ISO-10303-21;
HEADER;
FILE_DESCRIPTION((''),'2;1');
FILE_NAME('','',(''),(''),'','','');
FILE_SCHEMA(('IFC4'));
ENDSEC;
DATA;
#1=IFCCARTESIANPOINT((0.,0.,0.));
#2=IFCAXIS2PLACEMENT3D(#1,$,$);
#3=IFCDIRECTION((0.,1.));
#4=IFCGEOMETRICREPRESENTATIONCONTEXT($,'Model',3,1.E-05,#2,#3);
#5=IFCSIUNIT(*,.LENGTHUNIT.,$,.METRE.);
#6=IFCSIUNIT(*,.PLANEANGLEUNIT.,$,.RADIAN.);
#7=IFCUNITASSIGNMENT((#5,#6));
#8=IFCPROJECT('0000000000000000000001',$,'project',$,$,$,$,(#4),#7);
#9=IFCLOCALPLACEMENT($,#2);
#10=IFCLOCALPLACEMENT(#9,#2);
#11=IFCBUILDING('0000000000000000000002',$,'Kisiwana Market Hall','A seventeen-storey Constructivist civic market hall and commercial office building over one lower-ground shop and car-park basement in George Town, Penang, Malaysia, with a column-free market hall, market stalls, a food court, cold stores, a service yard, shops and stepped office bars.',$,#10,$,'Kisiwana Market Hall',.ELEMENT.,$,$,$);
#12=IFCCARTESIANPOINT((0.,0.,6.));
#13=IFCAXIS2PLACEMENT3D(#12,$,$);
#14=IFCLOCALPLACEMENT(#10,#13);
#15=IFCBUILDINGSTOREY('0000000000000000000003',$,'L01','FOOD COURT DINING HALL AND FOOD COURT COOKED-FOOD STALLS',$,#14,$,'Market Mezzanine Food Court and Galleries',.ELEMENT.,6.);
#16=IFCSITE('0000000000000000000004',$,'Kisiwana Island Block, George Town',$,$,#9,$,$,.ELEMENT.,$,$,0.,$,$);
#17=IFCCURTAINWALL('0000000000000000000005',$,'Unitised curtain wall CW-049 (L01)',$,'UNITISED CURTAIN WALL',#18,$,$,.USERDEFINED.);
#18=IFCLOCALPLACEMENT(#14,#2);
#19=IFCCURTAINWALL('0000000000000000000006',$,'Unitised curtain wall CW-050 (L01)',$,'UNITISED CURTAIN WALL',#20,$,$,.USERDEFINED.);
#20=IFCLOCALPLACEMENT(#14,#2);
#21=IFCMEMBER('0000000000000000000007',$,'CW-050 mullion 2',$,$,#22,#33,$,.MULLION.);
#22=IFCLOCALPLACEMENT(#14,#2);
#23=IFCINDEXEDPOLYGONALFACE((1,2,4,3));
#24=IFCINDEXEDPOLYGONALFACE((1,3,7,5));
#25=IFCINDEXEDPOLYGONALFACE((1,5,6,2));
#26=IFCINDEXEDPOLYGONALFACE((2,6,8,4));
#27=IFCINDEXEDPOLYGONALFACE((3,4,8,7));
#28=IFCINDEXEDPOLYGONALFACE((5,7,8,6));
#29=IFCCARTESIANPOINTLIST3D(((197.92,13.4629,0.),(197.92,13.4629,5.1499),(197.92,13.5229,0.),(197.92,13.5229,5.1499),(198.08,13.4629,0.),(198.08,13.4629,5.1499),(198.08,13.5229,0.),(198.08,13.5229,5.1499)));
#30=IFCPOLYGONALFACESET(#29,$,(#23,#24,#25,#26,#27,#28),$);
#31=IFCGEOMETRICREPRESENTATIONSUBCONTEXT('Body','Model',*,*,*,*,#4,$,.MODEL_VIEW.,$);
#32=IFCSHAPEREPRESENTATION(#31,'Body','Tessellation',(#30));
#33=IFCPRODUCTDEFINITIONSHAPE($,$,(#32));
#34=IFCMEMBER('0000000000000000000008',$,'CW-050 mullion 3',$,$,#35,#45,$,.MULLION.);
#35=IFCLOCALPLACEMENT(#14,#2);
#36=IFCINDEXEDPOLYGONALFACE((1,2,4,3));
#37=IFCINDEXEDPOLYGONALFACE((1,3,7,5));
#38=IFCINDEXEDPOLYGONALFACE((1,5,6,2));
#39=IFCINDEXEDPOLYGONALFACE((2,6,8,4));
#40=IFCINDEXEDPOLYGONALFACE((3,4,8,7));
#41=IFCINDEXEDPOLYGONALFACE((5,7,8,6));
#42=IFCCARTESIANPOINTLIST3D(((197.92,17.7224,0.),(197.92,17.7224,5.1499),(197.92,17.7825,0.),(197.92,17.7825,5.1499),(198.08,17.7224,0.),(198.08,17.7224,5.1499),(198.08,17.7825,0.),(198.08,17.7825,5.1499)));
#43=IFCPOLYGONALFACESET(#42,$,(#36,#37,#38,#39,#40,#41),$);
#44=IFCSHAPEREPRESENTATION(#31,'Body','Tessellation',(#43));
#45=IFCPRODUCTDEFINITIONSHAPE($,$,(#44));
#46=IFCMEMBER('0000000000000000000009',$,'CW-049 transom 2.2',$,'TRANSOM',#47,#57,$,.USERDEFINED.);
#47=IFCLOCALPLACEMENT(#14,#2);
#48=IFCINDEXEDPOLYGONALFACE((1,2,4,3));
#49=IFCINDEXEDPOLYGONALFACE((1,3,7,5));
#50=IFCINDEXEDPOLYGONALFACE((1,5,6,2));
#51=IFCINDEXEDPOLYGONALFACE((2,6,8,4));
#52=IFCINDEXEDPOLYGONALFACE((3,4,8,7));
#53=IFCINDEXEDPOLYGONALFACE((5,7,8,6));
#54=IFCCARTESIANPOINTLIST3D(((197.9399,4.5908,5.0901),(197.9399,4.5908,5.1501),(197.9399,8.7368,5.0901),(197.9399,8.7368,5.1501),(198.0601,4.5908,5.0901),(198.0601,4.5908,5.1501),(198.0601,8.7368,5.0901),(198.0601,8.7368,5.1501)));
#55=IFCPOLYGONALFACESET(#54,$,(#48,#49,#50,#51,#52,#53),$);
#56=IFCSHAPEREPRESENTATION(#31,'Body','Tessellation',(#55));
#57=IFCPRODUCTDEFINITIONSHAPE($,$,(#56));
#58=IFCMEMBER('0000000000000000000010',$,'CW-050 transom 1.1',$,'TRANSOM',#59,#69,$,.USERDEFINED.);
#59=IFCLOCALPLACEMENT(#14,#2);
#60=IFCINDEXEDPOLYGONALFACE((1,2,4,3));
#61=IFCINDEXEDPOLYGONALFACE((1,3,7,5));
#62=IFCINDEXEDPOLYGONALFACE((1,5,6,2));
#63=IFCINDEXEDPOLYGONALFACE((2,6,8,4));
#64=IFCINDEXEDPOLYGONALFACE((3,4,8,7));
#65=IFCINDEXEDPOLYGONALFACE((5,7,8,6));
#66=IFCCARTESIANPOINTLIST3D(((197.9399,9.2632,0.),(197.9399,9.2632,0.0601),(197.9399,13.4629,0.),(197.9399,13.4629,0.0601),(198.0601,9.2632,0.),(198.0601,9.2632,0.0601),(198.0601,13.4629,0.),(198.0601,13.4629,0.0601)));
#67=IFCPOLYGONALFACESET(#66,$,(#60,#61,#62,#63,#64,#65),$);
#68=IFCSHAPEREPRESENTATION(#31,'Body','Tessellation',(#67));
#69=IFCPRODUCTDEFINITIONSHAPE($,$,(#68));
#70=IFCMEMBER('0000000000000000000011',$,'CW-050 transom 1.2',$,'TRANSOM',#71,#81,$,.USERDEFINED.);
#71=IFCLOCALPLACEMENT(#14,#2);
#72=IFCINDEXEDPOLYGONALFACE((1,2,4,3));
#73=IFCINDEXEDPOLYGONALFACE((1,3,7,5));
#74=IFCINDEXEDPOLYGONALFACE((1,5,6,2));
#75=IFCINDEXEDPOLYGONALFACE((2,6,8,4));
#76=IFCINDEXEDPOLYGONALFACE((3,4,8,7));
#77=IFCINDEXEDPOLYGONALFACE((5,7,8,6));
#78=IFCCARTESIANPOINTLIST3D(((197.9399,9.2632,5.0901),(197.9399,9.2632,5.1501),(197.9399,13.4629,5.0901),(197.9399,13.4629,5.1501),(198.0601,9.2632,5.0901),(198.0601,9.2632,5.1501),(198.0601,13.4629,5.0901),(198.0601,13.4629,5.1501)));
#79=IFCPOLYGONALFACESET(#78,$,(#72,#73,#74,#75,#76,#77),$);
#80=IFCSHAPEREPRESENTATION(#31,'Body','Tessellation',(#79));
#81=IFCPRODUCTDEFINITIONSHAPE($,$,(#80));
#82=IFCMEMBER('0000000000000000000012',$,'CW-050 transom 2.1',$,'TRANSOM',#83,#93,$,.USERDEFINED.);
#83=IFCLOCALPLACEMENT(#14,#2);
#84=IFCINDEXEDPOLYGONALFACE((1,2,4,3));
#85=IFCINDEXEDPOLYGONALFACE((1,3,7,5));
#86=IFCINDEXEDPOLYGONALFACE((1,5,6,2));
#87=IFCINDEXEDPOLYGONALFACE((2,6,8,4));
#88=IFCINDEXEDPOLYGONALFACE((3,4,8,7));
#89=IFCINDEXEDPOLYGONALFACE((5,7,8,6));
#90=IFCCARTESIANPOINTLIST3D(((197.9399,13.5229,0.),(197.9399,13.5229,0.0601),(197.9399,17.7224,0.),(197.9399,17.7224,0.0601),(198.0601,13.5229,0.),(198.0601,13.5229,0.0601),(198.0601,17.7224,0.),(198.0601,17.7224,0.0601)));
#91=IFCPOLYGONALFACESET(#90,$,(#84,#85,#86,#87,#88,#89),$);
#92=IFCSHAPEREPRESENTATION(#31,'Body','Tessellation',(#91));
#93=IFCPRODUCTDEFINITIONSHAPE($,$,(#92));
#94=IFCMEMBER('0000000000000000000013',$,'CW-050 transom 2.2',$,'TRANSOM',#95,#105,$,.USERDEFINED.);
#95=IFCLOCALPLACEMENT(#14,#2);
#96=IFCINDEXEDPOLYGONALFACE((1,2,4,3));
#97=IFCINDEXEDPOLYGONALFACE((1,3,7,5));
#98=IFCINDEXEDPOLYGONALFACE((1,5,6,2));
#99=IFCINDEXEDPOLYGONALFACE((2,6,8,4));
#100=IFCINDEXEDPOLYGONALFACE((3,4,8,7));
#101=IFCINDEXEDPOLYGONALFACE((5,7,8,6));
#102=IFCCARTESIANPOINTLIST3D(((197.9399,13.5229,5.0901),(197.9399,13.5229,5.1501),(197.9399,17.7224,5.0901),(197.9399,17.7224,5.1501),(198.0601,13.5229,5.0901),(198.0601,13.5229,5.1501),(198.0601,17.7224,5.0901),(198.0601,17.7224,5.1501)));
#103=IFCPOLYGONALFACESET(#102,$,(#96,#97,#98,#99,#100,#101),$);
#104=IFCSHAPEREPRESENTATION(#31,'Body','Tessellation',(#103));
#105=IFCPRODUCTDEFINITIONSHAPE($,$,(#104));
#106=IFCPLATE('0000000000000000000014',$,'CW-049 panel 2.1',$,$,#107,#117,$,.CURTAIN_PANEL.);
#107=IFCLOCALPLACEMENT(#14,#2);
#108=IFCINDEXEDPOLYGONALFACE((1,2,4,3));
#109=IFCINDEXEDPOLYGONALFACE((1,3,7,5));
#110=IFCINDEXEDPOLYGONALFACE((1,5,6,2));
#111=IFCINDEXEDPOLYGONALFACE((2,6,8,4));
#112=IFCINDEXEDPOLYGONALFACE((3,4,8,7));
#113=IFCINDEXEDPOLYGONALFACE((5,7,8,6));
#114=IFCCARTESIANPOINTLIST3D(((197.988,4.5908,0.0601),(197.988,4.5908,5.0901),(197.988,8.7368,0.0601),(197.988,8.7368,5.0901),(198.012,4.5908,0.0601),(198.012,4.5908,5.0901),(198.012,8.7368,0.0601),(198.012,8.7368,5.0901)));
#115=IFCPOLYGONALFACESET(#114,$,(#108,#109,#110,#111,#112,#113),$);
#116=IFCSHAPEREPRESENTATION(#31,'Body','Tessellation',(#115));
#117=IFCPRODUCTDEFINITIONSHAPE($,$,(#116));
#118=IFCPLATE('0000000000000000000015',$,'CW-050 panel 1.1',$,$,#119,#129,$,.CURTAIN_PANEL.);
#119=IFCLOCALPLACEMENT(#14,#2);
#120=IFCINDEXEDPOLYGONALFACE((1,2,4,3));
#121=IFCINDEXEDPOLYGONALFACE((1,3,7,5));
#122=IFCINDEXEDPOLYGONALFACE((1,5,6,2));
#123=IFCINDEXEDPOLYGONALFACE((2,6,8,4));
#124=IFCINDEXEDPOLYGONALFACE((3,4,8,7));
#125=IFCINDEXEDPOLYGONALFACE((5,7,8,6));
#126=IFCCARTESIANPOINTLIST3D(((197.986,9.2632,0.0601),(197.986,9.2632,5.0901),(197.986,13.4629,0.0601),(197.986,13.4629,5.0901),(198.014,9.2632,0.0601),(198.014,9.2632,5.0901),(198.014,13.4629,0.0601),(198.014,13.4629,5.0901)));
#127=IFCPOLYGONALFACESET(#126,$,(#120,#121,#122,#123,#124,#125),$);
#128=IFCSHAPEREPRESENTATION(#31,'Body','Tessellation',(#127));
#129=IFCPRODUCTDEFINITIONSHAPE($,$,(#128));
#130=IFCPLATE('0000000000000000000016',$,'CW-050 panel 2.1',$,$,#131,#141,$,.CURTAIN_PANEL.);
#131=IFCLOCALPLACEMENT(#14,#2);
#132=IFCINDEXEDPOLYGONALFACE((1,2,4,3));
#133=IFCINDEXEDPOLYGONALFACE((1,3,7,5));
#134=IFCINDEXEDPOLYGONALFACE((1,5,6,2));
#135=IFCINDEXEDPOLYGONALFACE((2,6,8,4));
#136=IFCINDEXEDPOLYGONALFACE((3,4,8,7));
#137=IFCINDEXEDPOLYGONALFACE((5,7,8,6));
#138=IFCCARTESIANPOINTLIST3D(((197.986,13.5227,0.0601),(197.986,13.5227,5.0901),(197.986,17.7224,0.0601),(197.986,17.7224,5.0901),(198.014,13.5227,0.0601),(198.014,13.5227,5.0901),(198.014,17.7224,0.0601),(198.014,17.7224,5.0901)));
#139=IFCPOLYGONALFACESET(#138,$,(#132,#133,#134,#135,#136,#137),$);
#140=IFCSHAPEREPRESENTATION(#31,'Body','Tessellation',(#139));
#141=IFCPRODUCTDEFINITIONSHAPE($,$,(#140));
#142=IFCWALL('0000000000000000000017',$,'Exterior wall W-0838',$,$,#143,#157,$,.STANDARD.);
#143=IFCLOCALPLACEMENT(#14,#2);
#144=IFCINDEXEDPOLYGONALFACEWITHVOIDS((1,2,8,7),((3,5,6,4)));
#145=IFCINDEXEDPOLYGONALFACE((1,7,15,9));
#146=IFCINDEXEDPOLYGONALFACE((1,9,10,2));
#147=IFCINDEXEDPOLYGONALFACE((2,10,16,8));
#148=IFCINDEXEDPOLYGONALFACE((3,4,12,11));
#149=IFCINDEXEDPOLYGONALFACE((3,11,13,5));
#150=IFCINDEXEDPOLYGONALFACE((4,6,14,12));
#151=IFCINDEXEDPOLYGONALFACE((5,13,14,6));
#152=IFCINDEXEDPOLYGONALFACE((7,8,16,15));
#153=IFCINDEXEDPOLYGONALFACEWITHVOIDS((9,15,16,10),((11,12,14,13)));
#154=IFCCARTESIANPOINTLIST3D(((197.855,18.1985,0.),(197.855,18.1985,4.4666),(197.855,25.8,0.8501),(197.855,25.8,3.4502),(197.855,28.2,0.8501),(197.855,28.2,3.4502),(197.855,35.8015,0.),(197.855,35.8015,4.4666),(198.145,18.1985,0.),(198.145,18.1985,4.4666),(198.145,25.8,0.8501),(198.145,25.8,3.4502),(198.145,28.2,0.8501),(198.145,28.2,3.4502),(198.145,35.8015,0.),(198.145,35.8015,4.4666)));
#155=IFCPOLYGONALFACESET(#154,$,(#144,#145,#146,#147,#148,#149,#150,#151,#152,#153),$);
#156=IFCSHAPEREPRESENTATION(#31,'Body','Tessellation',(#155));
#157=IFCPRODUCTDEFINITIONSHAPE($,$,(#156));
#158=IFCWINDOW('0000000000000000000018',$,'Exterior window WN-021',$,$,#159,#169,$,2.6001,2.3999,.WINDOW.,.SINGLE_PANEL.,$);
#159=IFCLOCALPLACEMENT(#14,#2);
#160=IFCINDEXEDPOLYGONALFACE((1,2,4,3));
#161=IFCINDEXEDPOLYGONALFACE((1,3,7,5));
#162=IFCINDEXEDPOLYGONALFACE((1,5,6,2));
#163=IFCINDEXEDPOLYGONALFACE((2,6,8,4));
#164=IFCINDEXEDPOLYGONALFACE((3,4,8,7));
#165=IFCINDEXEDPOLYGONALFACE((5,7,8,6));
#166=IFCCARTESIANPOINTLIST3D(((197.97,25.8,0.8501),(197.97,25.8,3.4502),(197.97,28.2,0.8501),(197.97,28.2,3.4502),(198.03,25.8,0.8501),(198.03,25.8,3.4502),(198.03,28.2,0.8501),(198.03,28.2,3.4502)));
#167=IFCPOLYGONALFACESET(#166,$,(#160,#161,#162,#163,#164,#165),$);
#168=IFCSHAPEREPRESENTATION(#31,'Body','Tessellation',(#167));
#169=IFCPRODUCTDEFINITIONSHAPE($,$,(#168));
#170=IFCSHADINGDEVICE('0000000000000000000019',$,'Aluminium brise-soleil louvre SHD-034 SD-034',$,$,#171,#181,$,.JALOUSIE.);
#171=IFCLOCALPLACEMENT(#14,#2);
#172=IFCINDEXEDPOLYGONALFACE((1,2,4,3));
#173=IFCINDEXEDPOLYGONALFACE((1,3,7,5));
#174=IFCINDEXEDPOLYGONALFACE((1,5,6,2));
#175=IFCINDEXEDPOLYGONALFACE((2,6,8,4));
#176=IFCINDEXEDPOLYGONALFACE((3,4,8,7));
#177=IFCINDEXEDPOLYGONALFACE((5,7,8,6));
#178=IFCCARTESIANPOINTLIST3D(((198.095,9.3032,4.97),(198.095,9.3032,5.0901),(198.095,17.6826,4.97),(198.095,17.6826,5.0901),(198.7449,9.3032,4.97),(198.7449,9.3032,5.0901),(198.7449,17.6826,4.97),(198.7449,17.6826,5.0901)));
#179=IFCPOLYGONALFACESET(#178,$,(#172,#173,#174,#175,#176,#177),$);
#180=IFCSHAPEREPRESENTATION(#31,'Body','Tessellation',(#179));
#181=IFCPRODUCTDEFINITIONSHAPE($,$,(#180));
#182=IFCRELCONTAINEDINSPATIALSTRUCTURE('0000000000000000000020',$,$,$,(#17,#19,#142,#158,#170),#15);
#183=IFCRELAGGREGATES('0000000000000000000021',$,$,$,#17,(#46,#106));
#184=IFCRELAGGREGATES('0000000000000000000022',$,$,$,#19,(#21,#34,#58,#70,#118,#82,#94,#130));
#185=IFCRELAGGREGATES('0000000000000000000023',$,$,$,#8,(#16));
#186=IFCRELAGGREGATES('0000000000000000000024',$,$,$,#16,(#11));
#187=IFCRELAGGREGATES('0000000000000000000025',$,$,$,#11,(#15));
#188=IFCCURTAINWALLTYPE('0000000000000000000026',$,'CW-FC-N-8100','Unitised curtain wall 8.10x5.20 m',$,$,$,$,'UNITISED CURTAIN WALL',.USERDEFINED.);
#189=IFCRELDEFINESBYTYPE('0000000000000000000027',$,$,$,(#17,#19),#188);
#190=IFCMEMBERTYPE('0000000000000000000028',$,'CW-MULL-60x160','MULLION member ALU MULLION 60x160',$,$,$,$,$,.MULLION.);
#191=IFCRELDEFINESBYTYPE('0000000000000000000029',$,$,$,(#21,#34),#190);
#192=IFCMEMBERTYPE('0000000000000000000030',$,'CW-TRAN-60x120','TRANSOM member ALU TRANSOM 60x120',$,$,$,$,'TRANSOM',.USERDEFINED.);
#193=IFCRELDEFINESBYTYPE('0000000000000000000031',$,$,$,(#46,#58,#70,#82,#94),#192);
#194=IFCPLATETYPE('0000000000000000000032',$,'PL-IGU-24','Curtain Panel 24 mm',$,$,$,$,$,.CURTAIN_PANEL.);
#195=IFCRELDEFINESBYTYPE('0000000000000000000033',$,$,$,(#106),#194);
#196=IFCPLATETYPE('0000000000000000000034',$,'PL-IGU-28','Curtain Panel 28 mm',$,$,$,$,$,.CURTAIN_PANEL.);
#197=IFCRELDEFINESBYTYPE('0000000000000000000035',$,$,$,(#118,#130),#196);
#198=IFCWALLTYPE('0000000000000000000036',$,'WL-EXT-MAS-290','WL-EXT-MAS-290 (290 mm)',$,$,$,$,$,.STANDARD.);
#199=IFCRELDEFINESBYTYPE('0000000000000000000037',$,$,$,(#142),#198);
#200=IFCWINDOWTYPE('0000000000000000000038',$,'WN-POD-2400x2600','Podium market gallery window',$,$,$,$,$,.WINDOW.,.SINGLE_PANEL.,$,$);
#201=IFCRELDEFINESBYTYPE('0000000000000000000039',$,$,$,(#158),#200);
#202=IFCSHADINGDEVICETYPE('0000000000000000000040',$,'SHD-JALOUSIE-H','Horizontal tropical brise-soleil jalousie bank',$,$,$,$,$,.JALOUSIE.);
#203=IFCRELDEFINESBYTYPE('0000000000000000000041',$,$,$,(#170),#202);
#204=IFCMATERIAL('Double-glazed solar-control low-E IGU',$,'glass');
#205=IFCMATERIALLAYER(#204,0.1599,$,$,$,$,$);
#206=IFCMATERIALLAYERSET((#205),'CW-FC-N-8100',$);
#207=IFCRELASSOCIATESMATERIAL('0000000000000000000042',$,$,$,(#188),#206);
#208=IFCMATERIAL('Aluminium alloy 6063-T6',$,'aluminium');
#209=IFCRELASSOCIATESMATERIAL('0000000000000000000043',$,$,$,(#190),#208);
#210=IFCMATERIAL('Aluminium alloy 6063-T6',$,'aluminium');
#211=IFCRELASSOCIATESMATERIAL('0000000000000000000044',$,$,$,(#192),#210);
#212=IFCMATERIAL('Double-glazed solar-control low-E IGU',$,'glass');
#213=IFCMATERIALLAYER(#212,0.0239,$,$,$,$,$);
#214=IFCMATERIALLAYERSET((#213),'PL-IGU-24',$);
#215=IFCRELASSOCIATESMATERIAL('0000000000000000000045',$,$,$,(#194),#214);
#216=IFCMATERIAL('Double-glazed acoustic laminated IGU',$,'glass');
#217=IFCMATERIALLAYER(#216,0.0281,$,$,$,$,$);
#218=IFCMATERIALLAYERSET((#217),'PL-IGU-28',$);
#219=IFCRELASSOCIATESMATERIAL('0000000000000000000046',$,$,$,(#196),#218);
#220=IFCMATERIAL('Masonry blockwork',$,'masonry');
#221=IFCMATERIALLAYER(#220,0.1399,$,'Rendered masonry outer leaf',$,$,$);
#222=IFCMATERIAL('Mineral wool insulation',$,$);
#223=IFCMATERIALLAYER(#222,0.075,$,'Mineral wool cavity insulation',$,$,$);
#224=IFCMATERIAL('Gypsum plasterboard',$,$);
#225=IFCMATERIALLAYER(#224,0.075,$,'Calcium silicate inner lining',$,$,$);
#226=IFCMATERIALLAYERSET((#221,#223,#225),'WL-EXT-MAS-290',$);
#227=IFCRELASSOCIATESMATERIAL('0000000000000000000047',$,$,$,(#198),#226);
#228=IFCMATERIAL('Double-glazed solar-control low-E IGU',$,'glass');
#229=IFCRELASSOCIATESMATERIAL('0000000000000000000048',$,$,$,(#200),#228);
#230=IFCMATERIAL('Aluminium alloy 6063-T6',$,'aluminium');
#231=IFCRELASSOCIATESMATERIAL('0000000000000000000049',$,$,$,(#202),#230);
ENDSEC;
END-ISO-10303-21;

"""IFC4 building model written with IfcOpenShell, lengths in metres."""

from ifc_helpers import new_model, si_unit, direction, frame, frame_2d, origin, origin_2d, place, context, subcontext, project, spatial, rectangle, extrude, material, layer, layer_set, material_profile, profile_set, type_object, element, fill, aggregate, save


model = new_model("IFC4")

# Units and contexts
model_context = context("Model", 3, precision=1e-05, world=origin(), true_north=direction((0.0, 1.0)))
body_context = subcontext(model_context, "Body", "Model", "MODEL_VIEW")
ifc_project = project(units=[si_unit("LENGTHUNIT", "METRE"), si_unit("PLANEANGLEUNIT", "RADIAN")], contexts=[model_context])

# Site, building, storey
site_placement = place(None, origin())
site = spatial("IfcSite", under=ifc_project, at=site_placement, Name="Kisiwana Island Block, George Town", CompositionType="ELEMENT", RefElevation=0.0)
building_placement = place(site_placement, origin())
building = spatial("IfcBuilding", under=site, at=building_placement, Name="Kisiwana Market Hall", Description="A seventeen-storey Constructivist civic market hall and commercial office building over one lower-ground shop and car-park basement in George Town, Penang, Malaysia, with a column-free market hall, market stalls, a food court, cold stores, a service yard, shops and stepped office bars.", LongName="Kisiwana Market Hall", CompositionType="ELEMENT")
storey_placement = place(building_placement, frame((0.0, 0.0, 6.0)))
storey = spatial("IfcBuildingStorey", under=building, at=storey_placement, Name="L01", Description="FOOD COURT DINING HALL AND FOOD COURT COOKED-FOOD STALLS", LongName="Market Mezzanine Food Court and Galleries", CompositionType="ELEMENT", Elevation=6.0)

# Curtain wall
ifc_material_1 = material(Name="Double-glazed solar-control low-E IGU", Category="glass")
ifc_layer_1 = layer(ifc_material_1, 0.1599)
ifc_layer_set_1 = layer_set([ifc_layer_1], Name="CW-FC-N-8100")
curtain_wall_type = type_object("IfcCurtainWallType", Name="CW-FC-N-8100", Description="Unitised curtain wall 8.10x5.20 m", ElementType="UNITISED CURTAIN WALL", PredefinedType="USERDEFINED", material=ifc_layer_set_1)
curtain_wall_1_placement = place(storey_placement, origin())
curtain_wall_1 = element("IfcCurtainWall", 1, at=curtain_wall_1_placement, inside=storey, type_object=curtain_wall_type, Name="Unitised curtain wall CW-049 (L01)", ObjectType="UNITISED CURTAIN WALL", PredefinedType="USERDEFINED")
ifc_material_2 = material(Name="Aluminium alloy 6063-T6", Category="aluminium")
ifc_material_profile_1 = material_profile(ifc_material_2, rectangle(XDim=0.0601, YDim=0.1599, at=origin_2d()), Name="ALU MULLION 60x160")
ifc_profile_set_1 = profile_set([ifc_material_profile_1], Name="Aluminium alloy 6063-T6")
member_type_1 = type_object("IfcMemberType", Name="CW-MULL-60x160", Description="MULLION member ALU MULLION 60x160", PredefinedType="MULLION", material=ifc_profile_set_1)

# Curtain wall, members
curtain_wall_2_placement = place(storey_placement, origin())
curtain_wall_2 = element("IfcCurtainWall", 2, at=curtain_wall_2_placement, inside=storey, type_object=curtain_wall_type, Name="Unitised curtain wall CW-050 (L01)", ObjectType="UNITISED CURTAIN WALL", PredefinedType="USERDEFINED")
member_1_placement = place(storey_placement, frame((198.0, 13.4929, 0.0), z_axis=(0.0, 0.0, 1.0), x_axis=(0.0, 1.0, 0.0)))
member_1 = element("IfcMember", 3, at=member_1_placement, type_object=member_type_1, Name="CW-050 mullion 2", PredefinedType="MULLION", context=body_context, shape_type="SweptSolid", body=[
    extrude(rectangle(XDim=0.0601, YDim=0.1599, at=origin_2d()), origin(), (0.0, 0.0, 1.0), 5.1499),
])
member_2_placement = place(storey_placement, frame((198.0, 17.7524, 0.0), z_axis=(0.0, 0.0, 1.0), x_axis=(0.0, 1.0, 0.0)))
member_2 = element("IfcMember", 4, at=member_2_placement, type_object=member_type_1, Name="CW-050 mullion 3", PredefinedType="MULLION", context=body_context, shape_type="SweptSolid", body=[
    extrude(rectangle(XDim=0.0601, YDim=0.1599, at=origin_2d()), origin(), (0.0, 0.0, 1.0), 5.1499),
])

# Members
ifc_material_3 = material(Name="Aluminium alloy 6063-T6", Category="aluminium")
ifc_material_profile_2 = material_profile(ifc_material_3, rectangle(XDim=0.1201, YDim=0.0601, at=origin_2d()), Name="ALU TRANSOM 60x120")
ifc_profile_set_2 = profile_set([ifc_material_profile_2], Name="Aluminium alloy 6063-T6")
member_type_2 = type_object("IfcMemberType", Name="CW-TRAN-60x120", Description="TRANSOM member ALU TRANSOM 60x120", ElementType="TRANSOM", PredefinedType="USERDEFINED", material=ifc_profile_set_2)
member_3_placement = place(storey_placement, frame((198.0, 4.5908, 5.1201), z_axis=(0.0, 1.0, 0.0), x_axis=(-1.0, 0.0, 0.0)))
member_3 = element("IfcMember", 5, at=member_3_placement, type_object=member_type_2, Name="CW-049 transom 2.2", ObjectType="TRANSOM", PredefinedType="USERDEFINED", context=body_context, shape_type="SweptSolid", body=[
    extrude(rectangle(XDim=0.1201, YDim=0.0601, at=origin_2d()), origin(), (0.0, 0.0, 1.0), 4.146),
])
member_4_placement = place(storey_placement, frame((198.0, 9.2632, 0.03), z_axis=(0.0, 1.0, 0.0), x_axis=(-1.0, 0.0, 0.0)))
member_4 = element("IfcMember", 6, at=member_4_placement, type_object=member_type_2, Name="CW-050 transom 1.1", ObjectType="TRANSOM", PredefinedType="USERDEFINED", context=body_context, shape_type="SweptSolid", body=[
    extrude(rectangle(XDim=0.1201, YDim=0.0601, at=origin_2d()), origin(), (0.0, 0.0, 1.0), 4.1997),
])
member_5_placement = place(storey_placement, frame((198.0, 9.2632, 5.1201), z_axis=(0.0, 1.0, 0.0), x_axis=(-1.0, 0.0, 0.0)))
member_5 = element("IfcMember", 7, at=member_5_placement, type_object=member_type_2, Name="CW-050 transom 1.2", ObjectType="TRANSOM", PredefinedType="USERDEFINED", context=body_context, shape_type="SweptSolid", body=[
    extrude(rectangle(XDim=0.1201, YDim=0.0601, at=origin_2d()), origin(), (0.0, 0.0, 1.0), 4.1997),
])
member_6_placement = place(storey_placement, frame((198.0, 13.5229, 0.03), z_axis=(0.0, 1.0, 0.0), x_axis=(-1.0, 0.0, 0.0)))
member_6 = element("IfcMember", 8, at=member_6_placement, type_object=member_type_2, Name="CW-050 transom 2.1", ObjectType="TRANSOM", PredefinedType="USERDEFINED", context=body_context, shape_type="SweptSolid", body=[
    extrude(rectangle(XDim=0.1201, YDim=0.0601, at=origin_2d()), origin(), (0.0, 0.0, 1.0), 4.1995),
])
member_7_placement = place(storey_placement, frame((198.0, 13.5229, 5.1201), z_axis=(0.0, 1.0, 0.0), x_axis=(-1.0, 0.0, 0.0)))
member_7 = element("IfcMember", 9, at=member_7_placement, type_object=member_type_2, Name="CW-050 transom 2.2", ObjectType="TRANSOM", PredefinedType="USERDEFINED", context=body_context, shape_type="SweptSolid", body=[
    extrude(rectangle(XDim=0.1201, YDim=0.0601, at=origin_2d()), origin(), (0.0, 0.0, 1.0), 4.1995),
])

# Plates
ifc_material_4 = material(Name="Double-glazed solar-control low-E IGU", Category="glass")
ifc_layer_2 = layer(ifc_material_4, 0.0239)
ifc_layer_set_2 = layer_set([ifc_layer_2], Name="PL-IGU-24")
plate_type_1 = type_object("IfcPlateType", Name="PL-IGU-24", Description="Curtain Panel 24 mm", PredefinedType="CURTAIN_PANEL", material=ifc_layer_set_2)
plate_1_placement = place(storey_placement, frame((198.0, 6.6638, 0.0601), z_axis=(0.0, 0.0, 1.0), x_axis=(0.0, 1.0, 0.0)))
plate_1 = element("IfcPlate", 10, at=plate_1_placement, type_object=plate_type_1, Name="CW-049 panel 2.1", PredefinedType="CURTAIN_PANEL", context=body_context, shape_type="SweptSolid", body=[
    extrude(rectangle(XDim=4.146, YDim=0.0239, at=origin_2d()), origin(), (0.0, 0.0, 1.0), 5.03),
])
aggregate(curtain_wall_1, [member_3, plate_1])
ifc_material_5 = material(Name="Double-glazed acoustic laminated IGU", Category="glass")
ifc_layer_3 = layer(ifc_material_5, 0.0281)
ifc_layer_set_3 = layer_set([ifc_layer_3], Name="PL-IGU-28")
plate_type_2 = type_object("IfcPlateType", Name="PL-IGU-28", Description="Curtain Panel 28 mm", PredefinedType="CURTAIN_PANEL", material=ifc_layer_set_3)
plate_2_placement = place(storey_placement, frame((198.0, 11.363, 0.0601), z_axis=(0.0, 0.0, 1.0), x_axis=(0.0, 1.0, 0.0)))
plate_2 = element("IfcPlate", 11, at=plate_2_placement, type_object=plate_type_2, Name="CW-050 panel 1.1", PredefinedType="CURTAIN_PANEL", context=body_context, shape_type="SweptSolid", body=[
    extrude(rectangle(XDim=4.1997, YDim=0.0281, at=origin_2d()), origin(), (0.0, 0.0, 1.0), 5.03),
])
plate_3_placement = place(storey_placement, frame((198.0, 15.6226, 0.0601), z_axis=(0.0, 0.0, 1.0), x_axis=(0.0, 1.0, 0.0)))
plate_3 = element("IfcPlate", 12, at=plate_3_placement, type_object=plate_type_2, Name="CW-050 panel 2.1", PredefinedType="CURTAIN_PANEL", context=body_context, shape_type="SweptSolid", body=[
    extrude(rectangle(XDim=4.1997, YDim=0.0281, at=origin_2d()), origin(), (0.0, 0.0, 1.0), 5.03),
])
aggregate(curtain_wall_2, [member_1, member_2, member_4, member_5, plate_2, member_6, member_7, plate_3])

# Wall, opening, window
ifc_material_6 = material(Name="Masonry blockwork", Category="masonry")
ifc_layer_4 = layer(ifc_material_6, 0.1399, Name="Rendered masonry outer leaf")
ifc_material_7 = material(Name="Mineral wool insulation")
ifc_layer_5 = layer(ifc_material_7, 0.075, Name="Mineral wool cavity insulation")
ifc_material_8 = material(Name="Gypsum plasterboard")
ifc_layer_6 = layer(ifc_material_8, 0.075, Name="Calcium silicate inner lining")
ifc_layer_set_4 = layer_set([ifc_layer_4, ifc_layer_5, ifc_layer_6], Name="WL-EXT-MAS-290")
wall_type = type_object("IfcWallType", Name="WL-EXT-MAS-290", Description="WL-EXT-MAS-290 (290 mm)", PredefinedType="STANDARD", material=ifc_layer_set_4)
wall_placement = place(storey_placement, frame((198.0, 18.1985, 0.0), z_axis=(0.0, 0.0, 1.0), x_axis=(0.0, 1.0, 0.0)))
wall = element("IfcWall", 13, at=wall_placement, inside=storey, type_object=wall_type, Name="Exterior wall W-0838", PredefinedType="STANDARD", context=body_context, shape_type="SweptSolid", body=[
    extrude(rectangle(XDim=17.603, YDim=0.29, at=frame_2d((8.8015, 0.0))), origin(), (0.0, 0.0, 1.0), 4.4666),
])
opening_placement = place(wall_placement, frame((7.6016, 0.0, 0.8501)))
opening = element("IfcOpeningElement", 14, at=opening_placement, cuts=wall, PredefinedType="OPENING", context=body_context, shape_type="SweptSolid", body=[
    extrude(rectangle(XDim=2.3999, YDim=2.6001, at=frame_2d((1.2, 1.3))), frame((0.0, 0.157, 0.0), z_axis=(0.0, -1.0, 0.0), x_axis=(1.0, 0.0, 0.0)), (0.0, 0.0, 1.0), 0.314),
])
ifc_material_9 = material(Name="Double-glazed solar-control low-E IGU", Category="glass")
window_type = type_object("IfcWindowType", Name="WN-POD-2400x2600", Description="Podium market gallery window", PartitioningType="SINGLE_PANEL", PredefinedType="WINDOW", material=ifc_material_9)
window_placement = place(opening_placement, origin())
window = element("IfcWindow", 15, at=window_placement, inside=storey, type_object=window_type, Name="Exterior window WN-021", OverallHeight=2.6001, OverallWidth=2.3999, PartitioningType="SINGLE_PANEL", PredefinedType="WINDOW", context=body_context, shape_type="SweptSolid", body=[
    extrude(rectangle(XDim=2.3999, YDim=2.6001, at=frame_2d((1.2, 1.3))), frame((0.0, 0.03, 0.0), z_axis=(0.0, -1.0, 0.0), x_axis=(1.0, 0.0, 0.0)), (0.0, 0.0, 1.0), 0.0601),
])
fill(opening, window)

# Shading device
ifc_material_10 = material(Name="Aluminium alloy 6063-T6", Category="aluminium")
shading_device_type = type_object("IfcShadingDeviceType", Name="SHD-JALOUSIE-H", Description="Horizontal tropical brise-soleil jalousie bank", PredefinedType="JALOUSIE", material=ifc_material_10)
shading_device_placement = place(storey_placement, frame((198.4199, 13.4929, 4.97), z_axis=(0.0, 0.0, 1.0), x_axis=(0.0, 1.0, 0.0)))
element("IfcShadingDevice", 16, at=shading_device_placement, inside=storey, type_object=shading_device_type, Name="Aluminium brise-soleil louvre SHD-034 SD-034", PredefinedType="JALOUSIE", context=body_context, shape_type="SweptSolid", body=[
    extrude(rectangle(XDim=8.3794, YDim=0.6499, at=origin_2d()), origin(), (0.0, 0.0, 1.0), 0.1201),
])

save(model, "model.ifc")
